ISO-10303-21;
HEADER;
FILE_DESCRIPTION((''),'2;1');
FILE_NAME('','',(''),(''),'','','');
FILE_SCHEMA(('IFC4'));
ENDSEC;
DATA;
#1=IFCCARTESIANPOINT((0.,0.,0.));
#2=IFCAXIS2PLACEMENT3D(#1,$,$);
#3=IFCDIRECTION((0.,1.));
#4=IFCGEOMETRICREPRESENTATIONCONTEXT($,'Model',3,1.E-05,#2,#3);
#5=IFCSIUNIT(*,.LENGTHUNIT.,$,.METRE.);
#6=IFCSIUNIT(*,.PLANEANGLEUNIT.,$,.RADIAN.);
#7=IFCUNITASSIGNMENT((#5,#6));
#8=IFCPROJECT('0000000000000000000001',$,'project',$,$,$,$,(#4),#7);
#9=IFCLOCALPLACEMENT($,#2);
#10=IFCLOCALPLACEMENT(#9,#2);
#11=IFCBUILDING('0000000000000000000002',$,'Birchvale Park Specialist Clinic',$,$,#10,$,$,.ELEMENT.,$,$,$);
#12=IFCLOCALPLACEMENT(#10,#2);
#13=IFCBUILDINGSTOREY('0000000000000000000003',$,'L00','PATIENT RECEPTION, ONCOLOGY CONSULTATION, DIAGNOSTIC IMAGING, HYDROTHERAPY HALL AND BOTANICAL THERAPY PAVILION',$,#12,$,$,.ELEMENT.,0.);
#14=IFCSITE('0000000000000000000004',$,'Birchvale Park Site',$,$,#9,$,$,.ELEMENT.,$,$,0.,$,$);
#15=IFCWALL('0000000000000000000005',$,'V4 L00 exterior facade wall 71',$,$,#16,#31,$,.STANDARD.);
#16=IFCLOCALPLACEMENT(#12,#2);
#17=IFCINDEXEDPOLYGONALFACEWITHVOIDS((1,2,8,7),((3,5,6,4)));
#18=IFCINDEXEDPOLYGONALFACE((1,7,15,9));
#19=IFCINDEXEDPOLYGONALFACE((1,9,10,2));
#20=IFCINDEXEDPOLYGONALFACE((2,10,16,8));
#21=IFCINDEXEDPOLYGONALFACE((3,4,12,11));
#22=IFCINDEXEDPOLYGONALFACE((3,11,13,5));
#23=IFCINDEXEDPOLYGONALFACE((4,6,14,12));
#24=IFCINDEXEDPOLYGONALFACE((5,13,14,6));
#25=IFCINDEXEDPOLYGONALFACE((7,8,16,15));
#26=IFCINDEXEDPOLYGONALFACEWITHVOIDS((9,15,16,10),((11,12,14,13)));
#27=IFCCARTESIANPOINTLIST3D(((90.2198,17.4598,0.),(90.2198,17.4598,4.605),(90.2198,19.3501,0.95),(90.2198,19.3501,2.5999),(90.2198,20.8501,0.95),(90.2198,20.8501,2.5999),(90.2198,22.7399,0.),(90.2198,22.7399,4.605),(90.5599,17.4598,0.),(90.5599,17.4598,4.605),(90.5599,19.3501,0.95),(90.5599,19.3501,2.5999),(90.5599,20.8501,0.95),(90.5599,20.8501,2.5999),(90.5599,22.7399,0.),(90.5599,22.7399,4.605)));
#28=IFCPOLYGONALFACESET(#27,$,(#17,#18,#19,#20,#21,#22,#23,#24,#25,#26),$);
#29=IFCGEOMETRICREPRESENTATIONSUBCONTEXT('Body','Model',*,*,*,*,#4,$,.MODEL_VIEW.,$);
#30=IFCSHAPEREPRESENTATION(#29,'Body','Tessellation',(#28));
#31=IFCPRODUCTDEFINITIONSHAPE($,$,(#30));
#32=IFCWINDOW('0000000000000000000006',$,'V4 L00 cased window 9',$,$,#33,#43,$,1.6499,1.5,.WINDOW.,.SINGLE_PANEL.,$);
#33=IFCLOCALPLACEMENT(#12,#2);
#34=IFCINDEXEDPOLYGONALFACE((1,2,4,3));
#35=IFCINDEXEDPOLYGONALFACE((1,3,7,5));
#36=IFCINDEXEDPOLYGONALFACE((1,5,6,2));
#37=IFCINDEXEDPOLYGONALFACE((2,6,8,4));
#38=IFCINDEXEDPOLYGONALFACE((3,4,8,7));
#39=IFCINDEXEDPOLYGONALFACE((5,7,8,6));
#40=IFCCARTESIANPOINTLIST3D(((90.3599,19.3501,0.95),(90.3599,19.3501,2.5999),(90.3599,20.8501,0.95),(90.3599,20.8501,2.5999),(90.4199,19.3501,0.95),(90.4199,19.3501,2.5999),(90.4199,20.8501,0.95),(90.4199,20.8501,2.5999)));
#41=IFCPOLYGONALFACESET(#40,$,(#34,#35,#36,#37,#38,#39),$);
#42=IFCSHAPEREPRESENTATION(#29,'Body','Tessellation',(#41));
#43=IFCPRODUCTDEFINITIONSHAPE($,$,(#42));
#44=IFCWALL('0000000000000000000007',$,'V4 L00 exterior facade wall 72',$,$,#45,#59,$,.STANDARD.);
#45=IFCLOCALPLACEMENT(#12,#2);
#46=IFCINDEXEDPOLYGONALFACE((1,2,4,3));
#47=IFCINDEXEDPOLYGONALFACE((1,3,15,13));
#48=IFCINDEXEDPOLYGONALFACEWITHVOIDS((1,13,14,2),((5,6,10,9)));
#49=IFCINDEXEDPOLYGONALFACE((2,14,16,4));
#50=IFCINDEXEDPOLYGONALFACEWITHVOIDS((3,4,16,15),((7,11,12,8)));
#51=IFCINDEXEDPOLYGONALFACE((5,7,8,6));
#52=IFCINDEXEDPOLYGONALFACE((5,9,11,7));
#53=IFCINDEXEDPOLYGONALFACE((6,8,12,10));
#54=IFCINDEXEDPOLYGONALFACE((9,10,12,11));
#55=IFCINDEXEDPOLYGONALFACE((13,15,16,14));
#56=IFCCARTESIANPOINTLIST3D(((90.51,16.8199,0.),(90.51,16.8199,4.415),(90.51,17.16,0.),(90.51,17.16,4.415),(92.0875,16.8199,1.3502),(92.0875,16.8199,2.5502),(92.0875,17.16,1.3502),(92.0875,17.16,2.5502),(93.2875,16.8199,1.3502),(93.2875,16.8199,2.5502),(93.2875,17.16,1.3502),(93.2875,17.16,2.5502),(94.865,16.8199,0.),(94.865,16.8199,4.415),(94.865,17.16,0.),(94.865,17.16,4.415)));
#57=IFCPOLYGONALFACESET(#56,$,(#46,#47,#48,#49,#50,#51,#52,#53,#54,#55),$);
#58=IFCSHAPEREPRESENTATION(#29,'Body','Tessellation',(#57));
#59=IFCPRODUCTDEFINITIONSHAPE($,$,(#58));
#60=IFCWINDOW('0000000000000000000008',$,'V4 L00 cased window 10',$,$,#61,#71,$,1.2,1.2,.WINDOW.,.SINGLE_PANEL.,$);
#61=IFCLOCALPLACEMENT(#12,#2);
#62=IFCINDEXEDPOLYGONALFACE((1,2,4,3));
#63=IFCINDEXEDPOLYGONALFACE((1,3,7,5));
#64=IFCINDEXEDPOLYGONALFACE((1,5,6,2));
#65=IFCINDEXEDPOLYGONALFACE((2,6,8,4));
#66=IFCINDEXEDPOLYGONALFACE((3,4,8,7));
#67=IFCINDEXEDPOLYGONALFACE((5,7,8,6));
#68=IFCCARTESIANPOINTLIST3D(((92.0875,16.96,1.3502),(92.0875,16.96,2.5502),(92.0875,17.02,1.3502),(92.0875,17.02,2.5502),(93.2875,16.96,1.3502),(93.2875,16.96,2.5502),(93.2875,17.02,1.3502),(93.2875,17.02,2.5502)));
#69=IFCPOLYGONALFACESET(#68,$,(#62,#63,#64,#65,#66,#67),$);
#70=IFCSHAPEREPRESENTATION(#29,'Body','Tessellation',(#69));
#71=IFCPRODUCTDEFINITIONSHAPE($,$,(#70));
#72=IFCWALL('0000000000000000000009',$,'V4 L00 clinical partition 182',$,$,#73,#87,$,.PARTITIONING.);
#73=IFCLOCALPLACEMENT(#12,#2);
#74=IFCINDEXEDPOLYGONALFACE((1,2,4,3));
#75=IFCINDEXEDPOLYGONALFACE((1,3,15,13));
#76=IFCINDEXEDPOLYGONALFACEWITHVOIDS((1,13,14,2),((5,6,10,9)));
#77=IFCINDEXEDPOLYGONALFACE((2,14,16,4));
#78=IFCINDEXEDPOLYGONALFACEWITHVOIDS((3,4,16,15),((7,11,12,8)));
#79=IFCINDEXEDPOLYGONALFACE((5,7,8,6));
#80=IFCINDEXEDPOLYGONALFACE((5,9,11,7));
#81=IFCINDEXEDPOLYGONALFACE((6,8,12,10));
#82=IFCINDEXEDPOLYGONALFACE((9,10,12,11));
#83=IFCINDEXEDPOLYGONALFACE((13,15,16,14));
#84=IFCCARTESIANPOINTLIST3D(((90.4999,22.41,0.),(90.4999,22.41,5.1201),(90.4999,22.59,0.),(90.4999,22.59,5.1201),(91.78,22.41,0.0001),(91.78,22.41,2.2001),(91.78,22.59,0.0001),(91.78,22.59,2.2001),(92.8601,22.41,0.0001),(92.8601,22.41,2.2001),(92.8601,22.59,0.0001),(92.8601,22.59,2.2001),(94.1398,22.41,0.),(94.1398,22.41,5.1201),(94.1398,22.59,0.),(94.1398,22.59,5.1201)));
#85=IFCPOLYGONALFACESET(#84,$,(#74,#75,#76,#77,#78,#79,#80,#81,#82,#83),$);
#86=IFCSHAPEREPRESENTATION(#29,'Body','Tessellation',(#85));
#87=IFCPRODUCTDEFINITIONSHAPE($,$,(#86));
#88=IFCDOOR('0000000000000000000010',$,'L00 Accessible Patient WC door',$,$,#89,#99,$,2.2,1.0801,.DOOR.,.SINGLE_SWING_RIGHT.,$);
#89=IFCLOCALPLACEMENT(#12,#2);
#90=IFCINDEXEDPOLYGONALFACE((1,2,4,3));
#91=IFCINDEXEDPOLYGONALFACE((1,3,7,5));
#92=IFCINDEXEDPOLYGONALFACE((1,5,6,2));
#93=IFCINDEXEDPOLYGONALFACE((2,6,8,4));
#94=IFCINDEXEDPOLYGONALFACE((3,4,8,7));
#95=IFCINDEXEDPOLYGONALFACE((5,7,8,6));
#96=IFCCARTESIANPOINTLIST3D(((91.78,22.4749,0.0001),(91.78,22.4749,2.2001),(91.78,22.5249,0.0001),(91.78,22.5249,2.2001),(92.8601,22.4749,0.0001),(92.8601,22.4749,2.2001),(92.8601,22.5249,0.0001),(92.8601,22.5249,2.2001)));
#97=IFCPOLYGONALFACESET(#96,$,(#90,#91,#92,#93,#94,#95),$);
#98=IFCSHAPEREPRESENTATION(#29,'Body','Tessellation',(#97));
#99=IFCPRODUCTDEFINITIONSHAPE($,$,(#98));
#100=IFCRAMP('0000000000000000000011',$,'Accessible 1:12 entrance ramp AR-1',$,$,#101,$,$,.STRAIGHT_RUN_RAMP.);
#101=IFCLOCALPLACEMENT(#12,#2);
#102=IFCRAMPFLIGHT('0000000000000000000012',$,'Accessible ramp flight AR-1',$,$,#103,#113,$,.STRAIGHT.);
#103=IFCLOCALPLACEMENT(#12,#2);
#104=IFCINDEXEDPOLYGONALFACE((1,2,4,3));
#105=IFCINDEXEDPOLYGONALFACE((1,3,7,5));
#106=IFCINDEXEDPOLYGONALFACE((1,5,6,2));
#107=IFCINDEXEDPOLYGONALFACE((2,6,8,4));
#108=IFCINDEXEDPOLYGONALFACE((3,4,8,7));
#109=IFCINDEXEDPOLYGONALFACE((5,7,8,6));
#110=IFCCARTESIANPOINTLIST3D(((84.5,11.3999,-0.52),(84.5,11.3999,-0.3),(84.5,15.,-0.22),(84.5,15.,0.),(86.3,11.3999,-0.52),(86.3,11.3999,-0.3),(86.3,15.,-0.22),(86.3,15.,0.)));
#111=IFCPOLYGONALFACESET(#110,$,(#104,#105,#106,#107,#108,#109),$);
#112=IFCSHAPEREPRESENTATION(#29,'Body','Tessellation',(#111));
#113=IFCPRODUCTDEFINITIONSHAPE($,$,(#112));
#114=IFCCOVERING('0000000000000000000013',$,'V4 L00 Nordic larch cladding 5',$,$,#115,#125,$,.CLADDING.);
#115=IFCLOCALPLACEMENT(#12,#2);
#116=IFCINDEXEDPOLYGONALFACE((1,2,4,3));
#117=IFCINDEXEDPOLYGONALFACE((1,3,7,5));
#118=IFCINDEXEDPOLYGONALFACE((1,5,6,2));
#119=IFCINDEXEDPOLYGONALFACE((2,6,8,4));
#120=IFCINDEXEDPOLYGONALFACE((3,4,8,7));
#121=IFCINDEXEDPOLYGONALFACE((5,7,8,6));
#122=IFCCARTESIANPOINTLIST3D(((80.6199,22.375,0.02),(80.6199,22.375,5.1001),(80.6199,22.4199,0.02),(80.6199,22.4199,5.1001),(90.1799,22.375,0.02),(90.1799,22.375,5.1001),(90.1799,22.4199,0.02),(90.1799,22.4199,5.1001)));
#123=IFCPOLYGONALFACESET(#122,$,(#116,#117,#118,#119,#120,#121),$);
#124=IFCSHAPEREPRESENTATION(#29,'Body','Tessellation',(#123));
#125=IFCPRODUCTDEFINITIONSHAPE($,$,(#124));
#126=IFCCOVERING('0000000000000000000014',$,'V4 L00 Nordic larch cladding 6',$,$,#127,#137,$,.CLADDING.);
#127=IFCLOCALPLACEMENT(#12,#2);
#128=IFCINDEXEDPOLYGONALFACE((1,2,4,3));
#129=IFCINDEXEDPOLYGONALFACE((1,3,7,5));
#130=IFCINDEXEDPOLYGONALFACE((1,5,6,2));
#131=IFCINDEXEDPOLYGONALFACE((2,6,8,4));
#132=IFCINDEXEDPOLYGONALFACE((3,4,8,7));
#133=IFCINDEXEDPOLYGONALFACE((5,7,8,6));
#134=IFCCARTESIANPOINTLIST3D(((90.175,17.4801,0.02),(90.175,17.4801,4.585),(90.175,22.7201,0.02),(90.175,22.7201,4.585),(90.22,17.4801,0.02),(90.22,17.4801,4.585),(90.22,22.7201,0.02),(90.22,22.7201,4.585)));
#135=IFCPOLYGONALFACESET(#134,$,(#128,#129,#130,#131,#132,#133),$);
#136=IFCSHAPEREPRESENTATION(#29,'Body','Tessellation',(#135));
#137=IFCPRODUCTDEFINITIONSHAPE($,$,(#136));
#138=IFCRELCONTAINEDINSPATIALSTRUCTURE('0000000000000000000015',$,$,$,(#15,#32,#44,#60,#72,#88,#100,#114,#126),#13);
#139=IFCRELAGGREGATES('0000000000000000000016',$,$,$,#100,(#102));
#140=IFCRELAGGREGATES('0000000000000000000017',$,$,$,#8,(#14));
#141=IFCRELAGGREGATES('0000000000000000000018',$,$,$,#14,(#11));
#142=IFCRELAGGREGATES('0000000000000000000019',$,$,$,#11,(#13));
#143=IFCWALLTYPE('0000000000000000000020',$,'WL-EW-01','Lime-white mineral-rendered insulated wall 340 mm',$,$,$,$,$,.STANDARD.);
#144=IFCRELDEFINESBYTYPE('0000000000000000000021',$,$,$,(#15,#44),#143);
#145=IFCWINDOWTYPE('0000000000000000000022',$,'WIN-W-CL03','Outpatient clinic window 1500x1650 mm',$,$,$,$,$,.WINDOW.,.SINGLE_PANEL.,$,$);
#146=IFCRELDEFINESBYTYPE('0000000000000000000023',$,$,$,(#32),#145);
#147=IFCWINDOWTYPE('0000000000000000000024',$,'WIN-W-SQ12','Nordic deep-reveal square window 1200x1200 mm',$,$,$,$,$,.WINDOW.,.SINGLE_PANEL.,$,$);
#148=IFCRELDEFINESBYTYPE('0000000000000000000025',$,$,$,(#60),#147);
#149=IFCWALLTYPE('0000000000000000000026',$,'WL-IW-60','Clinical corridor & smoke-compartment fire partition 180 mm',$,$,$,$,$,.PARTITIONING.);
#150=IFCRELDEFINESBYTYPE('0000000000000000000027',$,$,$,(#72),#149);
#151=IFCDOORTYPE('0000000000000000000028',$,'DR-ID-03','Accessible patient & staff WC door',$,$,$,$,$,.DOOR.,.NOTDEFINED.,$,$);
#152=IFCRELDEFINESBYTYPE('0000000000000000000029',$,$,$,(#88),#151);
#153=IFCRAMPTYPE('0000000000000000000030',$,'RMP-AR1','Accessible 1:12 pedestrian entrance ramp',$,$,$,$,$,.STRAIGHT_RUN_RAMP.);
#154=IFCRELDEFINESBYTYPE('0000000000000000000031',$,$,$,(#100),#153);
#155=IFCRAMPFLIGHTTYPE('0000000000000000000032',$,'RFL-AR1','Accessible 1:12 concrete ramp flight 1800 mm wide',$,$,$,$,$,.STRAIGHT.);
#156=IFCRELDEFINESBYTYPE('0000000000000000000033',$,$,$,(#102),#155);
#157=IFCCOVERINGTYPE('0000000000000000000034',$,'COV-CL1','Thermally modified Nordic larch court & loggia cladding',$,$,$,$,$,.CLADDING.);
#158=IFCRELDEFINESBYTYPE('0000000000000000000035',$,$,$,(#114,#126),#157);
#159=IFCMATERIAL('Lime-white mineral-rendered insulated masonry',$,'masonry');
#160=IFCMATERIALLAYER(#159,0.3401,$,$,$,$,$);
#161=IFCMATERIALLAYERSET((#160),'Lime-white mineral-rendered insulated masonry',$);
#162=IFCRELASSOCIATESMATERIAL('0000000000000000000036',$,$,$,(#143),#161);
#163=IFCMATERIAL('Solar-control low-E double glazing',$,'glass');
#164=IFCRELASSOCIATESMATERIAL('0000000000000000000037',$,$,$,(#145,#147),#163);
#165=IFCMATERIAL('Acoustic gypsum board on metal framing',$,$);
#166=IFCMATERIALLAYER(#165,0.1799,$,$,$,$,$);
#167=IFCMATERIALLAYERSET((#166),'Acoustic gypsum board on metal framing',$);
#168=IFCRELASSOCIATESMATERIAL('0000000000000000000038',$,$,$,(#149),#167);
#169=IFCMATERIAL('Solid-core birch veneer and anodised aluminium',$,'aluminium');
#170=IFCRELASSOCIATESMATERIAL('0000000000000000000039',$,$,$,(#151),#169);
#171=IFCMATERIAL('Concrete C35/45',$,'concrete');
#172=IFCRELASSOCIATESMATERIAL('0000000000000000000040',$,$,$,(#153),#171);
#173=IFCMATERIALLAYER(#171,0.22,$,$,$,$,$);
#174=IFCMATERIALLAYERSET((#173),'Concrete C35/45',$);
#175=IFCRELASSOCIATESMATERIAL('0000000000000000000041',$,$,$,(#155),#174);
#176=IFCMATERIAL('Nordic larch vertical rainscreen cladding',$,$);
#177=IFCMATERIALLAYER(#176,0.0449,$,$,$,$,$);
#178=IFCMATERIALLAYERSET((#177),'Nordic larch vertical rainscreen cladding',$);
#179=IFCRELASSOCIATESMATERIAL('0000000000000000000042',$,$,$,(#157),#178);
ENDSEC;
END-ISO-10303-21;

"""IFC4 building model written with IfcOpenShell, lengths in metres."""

from ifc_helpers import new_model, si_unit, direction, frame, frame_2d, origin, origin_2d, place, context, subcontext, project, spatial, polyline, rectangle, outline, extrude, material, layer, layer_set, type_object, element, fill, aggregate, save


model = new_model("IFC4")

# Units and contexts
model_context = context("Model", 3, precision=1e-05, world=origin(), true_north=direction((0.0, 1.0)))
body_context = subcontext(model_context, "Body", "Model", "MODEL_VIEW")
ifc_project = project(units=[si_unit("LENGTHUNIT", "METRE"), si_unit("PLANEANGLEUNIT", "RADIAN")], contexts=[model_context])

# Site, building, storey
site_placement = place(None, origin())
site = spatial("IfcSite", under=ifc_project, at=site_placement, Name="Birchvale Park Site", CompositionType="ELEMENT", RefElevation=0.0)
building_placement = place(site_placement, origin())
building = spatial("IfcBuilding", under=site, at=building_placement, Name="Birchvale Park Specialist Clinic", CompositionType="ELEMENT")
storey_placement = place(building_placement, origin())
storey = spatial("IfcBuildingStorey", under=building, at=storey_placement, Name="L00", Description="PATIENT RECEPTION, ONCOLOGY CONSULTATION, DIAGNOSTIC IMAGING, HYDROTHERAPY HALL AND BOTANICAL THERAPY PAVILION", CompositionType="ELEMENT", Elevation=0.0)

# Walls, openings, windows
ifc_material_1 = material(Name="Lime-white mineral-rendered insulated masonry", Category="masonry")
ifc_layer_1 = layer(ifc_material_1, 0.3401)
ifc_layer_set_1 = layer_set([ifc_layer_1], Name="Lime-white mineral-rendered insulated masonry")
wall_type_1 = type_object("IfcWallType", Name="WL-EW-01", Description="Lime-white mineral-rendered insulated wall 340 mm", PredefinedType="STANDARD", material=ifc_layer_set_1)
wall_1_placement = place(storey_placement, frame((90.3899, 22.74, 0.0), z_axis=(0.0, 0.0, 1.0), x_axis=(0.0, -1.0, 0.0)))
wall_1 = element("IfcWall", 1, at=wall_1_placement, inside=storey, type_object=wall_type_1, Name="V4 L00 exterior facade wall 71", PredefinedType="STANDARD", context=body_context, shape_type="SweptSolid", body=[
    extrude(rectangle(XDim=5.28, YDim=0.3401, at=frame_2d((2.6401, 0.0))), origin(), (0.0, 0.0, 1.0), 4.605),
])
opening_1_placement = place(wall_1_placement, frame((1.8899, 0.0, 0.95)))
opening_1 = element("IfcOpeningElement", 2, at=opening_1_placement, cuts=wall_1, PredefinedType="OPENING", context=body_context, shape_type="SweptSolid", body=[
    extrude(rectangle(XDim=1.5, YDim=1.6499, at=frame_2d((0.75, 0.825))), frame((0.0, 0.1802, 0.0), z_axis=(0.0, -1.0, 0.0), x_axis=(1.0, 0.0, 0.0)), (0.0, 0.0, 1.0), 0.3601),
])
ifc_material_2 = material(Name="Solar-control low-E double glazing", Category="glass")
window_type_1 = type_object("IfcWindowType", Name="WIN-W-CL03", Description="Outpatient clinic window 1500x1650 mm", PartitioningType="SINGLE_PANEL", PredefinedType="WINDOW", material=ifc_material_2)
window_1_placement = place(opening_1_placement, origin())
window_1 = element("IfcWindow", 3, at=window_1_placement, inside=storey, type_object=window_type_1, Name="V4 L00 cased window 9", OverallHeight=1.6499, OverallWidth=1.5, PartitioningType="SINGLE_PANEL", PredefinedType="WINDOW", context=body_context, shape_type="SweptSolid", body=[
    extrude(rectangle(XDim=1.5, YDim=1.6499, at=frame_2d((0.75, 0.825))), frame((0.0, 0.03, 0.0), z_axis=(0.0, -1.0, 0.0), x_axis=(1.0, 0.0, 0.0)), (0.0, 0.0, 1.0), 0.0601),
])
fill(opening_1, window_1)
wall_2_placement = place(storey_placement, frame((90.51, 16.99, 0.0), z_axis=(0.0, 0.0, 1.0), x_axis=(1.0, 0.0, 0.0)))
wall_2 = element("IfcWall", 4, at=wall_2_placement, inside=storey, type_object=wall_type_1, Name="V4 L00 exterior facade wall 72", PredefinedType="STANDARD", context=body_context, shape_type="SweptSolid", body=[
    extrude(rectangle(XDim=4.355, YDim=0.3401, at=frame_2d((2.1775, 0.0))), origin(), (0.0, 0.0, 1.0), 4.415),
])
opening_2_placement = place(wall_2_placement, frame((1.5774, 0.0, 1.3501)))
opening_2 = element("IfcOpeningElement", 5, at=opening_2_placement, cuts=wall_2, PredefinedType="OPENING", context=body_context, shape_type="SweptSolid", body=[
    extrude(rectangle(XDim=1.2, YDim=1.2, at=frame_2d((0.6001, 0.6001))), frame((0.0, 0.1802, 0.0), z_axis=(0.0, -1.0, 0.0), x_axis=(1.0, 0.0, 0.0)), (0.0, 0.0, 1.0), 0.3601),
])
window_type_2 = type_object("IfcWindowType", Name="WIN-W-SQ12", Description="Nordic deep-reveal square window 1200x1200 mm", PartitioningType="SINGLE_PANEL", PredefinedType="WINDOW", material=ifc_material_2)
window_2_placement = place(opening_2_placement, origin())
window_2 = element("IfcWindow", 6, at=window_2_placement, inside=storey, type_object=window_type_2, Name="V4 L00 cased window 10", OverallHeight=1.2, OverallWidth=1.2, PartitioningType="SINGLE_PANEL", PredefinedType="WINDOW", context=body_context, shape_type="SweptSolid", body=[
    extrude(rectangle(XDim=1.2, YDim=1.2, at=frame_2d((0.6001, 0.6001))), frame((0.0, 0.03, 0.0), z_axis=(0.0, -1.0, 0.0), x_axis=(1.0, 0.0, 0.0)), (0.0, 0.0, 1.0), 0.0601),
])
fill(opening_2, window_2)

# Wall, opening, door
ifc_material_3 = material(Name="Acoustic gypsum board on metal framing")
ifc_layer_2 = layer(ifc_material_3, 0.1799)
ifc_layer_set_2 = layer_set([ifc_layer_2], Name="Acoustic gypsum board on metal framing")
wall_type_2 = type_object("IfcWallType", Name="WL-IW-60", Description="Clinical corridor & smoke-compartment fire partition 180 mm", PredefinedType="PARTITIONING", material=ifc_layer_set_2)
wall_3_placement = place(storey_placement, frame((90.5, 22.5, 0.0), z_axis=(0.0, 0.0, 1.0), x_axis=(1.0, 0.0, 0.0)))
wall_3 = element("IfcWall", 7, at=wall_3_placement, inside=storey, type_object=wall_type_2, Name="V4 L00 clinical partition 182", PredefinedType="PARTITIONING", context=body_context, shape_type="SweptSolid", body=[
    extrude(rectangle(XDim=3.6399, YDim=0.1799, at=frame_2d((1.8198, 0.0))), origin(), (0.0, 0.0, 1.0), 5.1201),
])
opening_3_placement = place(wall_3_placement, frame((1.28, 0.0, 0.0)))
opening_3 = element("IfcOpeningElement", 8, at=opening_3_placement, cuts=wall_3, PredefinedType="OPENING", context=body_context, shape_type="SweptSolid", body=[
    extrude(rectangle(XDim=1.0801, YDim=2.2, at=frame_2d((0.54, 1.1001))), frame((0.0, 0.1001, 0.0), z_axis=(0.0, -1.0, 0.0), x_axis=(1.0, 0.0, 0.0)), (0.0, 0.0, 1.0), 0.2),
])
ifc_material_4 = material(Name="Solid-core birch veneer and anodised aluminium", Category="aluminium")
door_type = type_object("IfcDoorType", Name="DR-ID-03", Description="Accessible patient & staff WC door", OperationType="NOTDEFINED", PredefinedType="DOOR", material=ifc_material_4)
door_placement = place(opening_3_placement, origin())
door = element("IfcDoor", 9, at=door_placement, inside=storey, type_object=door_type, Name="L00 Accessible Patient WC door", OperationType="SINGLE_SWING_RIGHT", OverallHeight=2.2, OverallWidth=1.0801, PredefinedType="DOOR", context=body_context, shape_type="SweptSolid", body=[
    extrude(rectangle(XDim=1.0801, YDim=2.2, at=frame_2d((0.54, 1.1001))), frame((0.0, 0.0249, 0.0), z_axis=(0.0, -1.0, 0.0), x_axis=(1.0, 0.0, 0.0)), (0.0, 0.0, 1.0), 0.05),
])
fill(opening_3, door)

# Ramp, ramp flight
ifc_material_5 = material(Name="Concrete C35/45", Category="concrete")
ramp_type = type_object("IfcRampType", Name="RMP-AR1", Description="Accessible 1:12 pedestrian entrance ramp", PredefinedType="STRAIGHT_RUN_RAMP", material=ifc_material_5)
ramp_placement = place(storey_placement, origin())
ramp = element("IfcRamp", 10, at=ramp_placement, inside=storey, type_object=ramp_type, Name="Accessible 1:12 entrance ramp AR-1", PredefinedType="STRAIGHT_RUN_RAMP")
ifc_layer_3 = layer(ifc_material_5, 0.22)
ifc_layer_set_3 = layer_set([ifc_layer_3], Name="Concrete C35/45")
ramp_flight_type = type_object("IfcRampFlightType", Name="RFL-AR1", Description="Accessible 1:12 concrete ramp flight 1800 mm wide", PredefinedType="STRAIGHT", material=ifc_layer_set_3)
ramp_flight_placement = place(storey_placement, frame((85.3999, 11.3999, -0.3), z_axis=(0.0, 0.0, 1.0), x_axis=(0.0, 1.0, 0.0)))
ramp_flight = element("IfcRampFlight", 11, at=ramp_flight_placement, type_object=ramp_flight_type, Name="Accessible ramp flight AR-1", PredefinedType="STRAIGHT", context=body_context, shape_type="SweptSolid", body=[
    extrude(outline(polyline([(0.0, 0.0), (3.6001, 0.3), (3.6001, 0.0801), (0.0, -0.22), (0.0, 0.0)])), frame((0.0, 0.8999, 0.0), z_axis=(0.0, -1.0, 0.0), x_axis=(1.0, 0.0, 0.0)), (0.0, 0.0, 1.0), 1.8),
])
aggregate(ramp, [ramp_flight])

# Coverings
ifc_material_6 = material(Name="Nordic larch vertical rainscreen cladding")
ifc_layer_4 = layer(ifc_material_6, 0.0449)
ifc_layer_set_4 = layer_set([ifc_layer_4], Name="Nordic larch vertical rainscreen cladding")
covering_type = type_object("IfcCoveringType", Name="COV-CL1", Description="Thermally modified Nordic larch court & loggia cladding", PredefinedType="CLADDING", material=ifc_layer_set_4)
covering_1_placement = place(storey_placement, frame((85.3999, 22.3975, 0.02), z_axis=(0.0, 0.0, 1.0), x_axis=(1.0, 0.0, 0.0)))
element("IfcCovering", 12, at=covering_1_placement, inside=storey, type_object=covering_type, Name="V4 L00 Nordic larch cladding 5", PredefinedType="CLADDING", context=body_context, shape_type="SweptSolid", body=[
    extrude(rectangle(XDim=9.5601, YDim=0.0449, at=origin_2d()), origin(), (0.0, 0.0, 1.0), 5.0801),
])
covering_2_placement = place(storey_placement, frame((90.1975, 20.1001, 0.02), z_axis=(0.0, 0.0, 1.0), x_axis=(0.0, -1.0, 0.0)))
element("IfcCovering", 13, at=covering_2_placement, inside=storey, type_object=covering_type, Name="V4 L00 Nordic larch cladding 6", PredefinedType="CLADDING", context=body_context, shape_type="SweptSolid", body=[
    extrude(rectangle(XDim=5.24, YDim=0.0449, at=origin_2d()), origin(), (0.0, 0.0, 1.0), 4.5649),
])

save(model, "model.ifc")
